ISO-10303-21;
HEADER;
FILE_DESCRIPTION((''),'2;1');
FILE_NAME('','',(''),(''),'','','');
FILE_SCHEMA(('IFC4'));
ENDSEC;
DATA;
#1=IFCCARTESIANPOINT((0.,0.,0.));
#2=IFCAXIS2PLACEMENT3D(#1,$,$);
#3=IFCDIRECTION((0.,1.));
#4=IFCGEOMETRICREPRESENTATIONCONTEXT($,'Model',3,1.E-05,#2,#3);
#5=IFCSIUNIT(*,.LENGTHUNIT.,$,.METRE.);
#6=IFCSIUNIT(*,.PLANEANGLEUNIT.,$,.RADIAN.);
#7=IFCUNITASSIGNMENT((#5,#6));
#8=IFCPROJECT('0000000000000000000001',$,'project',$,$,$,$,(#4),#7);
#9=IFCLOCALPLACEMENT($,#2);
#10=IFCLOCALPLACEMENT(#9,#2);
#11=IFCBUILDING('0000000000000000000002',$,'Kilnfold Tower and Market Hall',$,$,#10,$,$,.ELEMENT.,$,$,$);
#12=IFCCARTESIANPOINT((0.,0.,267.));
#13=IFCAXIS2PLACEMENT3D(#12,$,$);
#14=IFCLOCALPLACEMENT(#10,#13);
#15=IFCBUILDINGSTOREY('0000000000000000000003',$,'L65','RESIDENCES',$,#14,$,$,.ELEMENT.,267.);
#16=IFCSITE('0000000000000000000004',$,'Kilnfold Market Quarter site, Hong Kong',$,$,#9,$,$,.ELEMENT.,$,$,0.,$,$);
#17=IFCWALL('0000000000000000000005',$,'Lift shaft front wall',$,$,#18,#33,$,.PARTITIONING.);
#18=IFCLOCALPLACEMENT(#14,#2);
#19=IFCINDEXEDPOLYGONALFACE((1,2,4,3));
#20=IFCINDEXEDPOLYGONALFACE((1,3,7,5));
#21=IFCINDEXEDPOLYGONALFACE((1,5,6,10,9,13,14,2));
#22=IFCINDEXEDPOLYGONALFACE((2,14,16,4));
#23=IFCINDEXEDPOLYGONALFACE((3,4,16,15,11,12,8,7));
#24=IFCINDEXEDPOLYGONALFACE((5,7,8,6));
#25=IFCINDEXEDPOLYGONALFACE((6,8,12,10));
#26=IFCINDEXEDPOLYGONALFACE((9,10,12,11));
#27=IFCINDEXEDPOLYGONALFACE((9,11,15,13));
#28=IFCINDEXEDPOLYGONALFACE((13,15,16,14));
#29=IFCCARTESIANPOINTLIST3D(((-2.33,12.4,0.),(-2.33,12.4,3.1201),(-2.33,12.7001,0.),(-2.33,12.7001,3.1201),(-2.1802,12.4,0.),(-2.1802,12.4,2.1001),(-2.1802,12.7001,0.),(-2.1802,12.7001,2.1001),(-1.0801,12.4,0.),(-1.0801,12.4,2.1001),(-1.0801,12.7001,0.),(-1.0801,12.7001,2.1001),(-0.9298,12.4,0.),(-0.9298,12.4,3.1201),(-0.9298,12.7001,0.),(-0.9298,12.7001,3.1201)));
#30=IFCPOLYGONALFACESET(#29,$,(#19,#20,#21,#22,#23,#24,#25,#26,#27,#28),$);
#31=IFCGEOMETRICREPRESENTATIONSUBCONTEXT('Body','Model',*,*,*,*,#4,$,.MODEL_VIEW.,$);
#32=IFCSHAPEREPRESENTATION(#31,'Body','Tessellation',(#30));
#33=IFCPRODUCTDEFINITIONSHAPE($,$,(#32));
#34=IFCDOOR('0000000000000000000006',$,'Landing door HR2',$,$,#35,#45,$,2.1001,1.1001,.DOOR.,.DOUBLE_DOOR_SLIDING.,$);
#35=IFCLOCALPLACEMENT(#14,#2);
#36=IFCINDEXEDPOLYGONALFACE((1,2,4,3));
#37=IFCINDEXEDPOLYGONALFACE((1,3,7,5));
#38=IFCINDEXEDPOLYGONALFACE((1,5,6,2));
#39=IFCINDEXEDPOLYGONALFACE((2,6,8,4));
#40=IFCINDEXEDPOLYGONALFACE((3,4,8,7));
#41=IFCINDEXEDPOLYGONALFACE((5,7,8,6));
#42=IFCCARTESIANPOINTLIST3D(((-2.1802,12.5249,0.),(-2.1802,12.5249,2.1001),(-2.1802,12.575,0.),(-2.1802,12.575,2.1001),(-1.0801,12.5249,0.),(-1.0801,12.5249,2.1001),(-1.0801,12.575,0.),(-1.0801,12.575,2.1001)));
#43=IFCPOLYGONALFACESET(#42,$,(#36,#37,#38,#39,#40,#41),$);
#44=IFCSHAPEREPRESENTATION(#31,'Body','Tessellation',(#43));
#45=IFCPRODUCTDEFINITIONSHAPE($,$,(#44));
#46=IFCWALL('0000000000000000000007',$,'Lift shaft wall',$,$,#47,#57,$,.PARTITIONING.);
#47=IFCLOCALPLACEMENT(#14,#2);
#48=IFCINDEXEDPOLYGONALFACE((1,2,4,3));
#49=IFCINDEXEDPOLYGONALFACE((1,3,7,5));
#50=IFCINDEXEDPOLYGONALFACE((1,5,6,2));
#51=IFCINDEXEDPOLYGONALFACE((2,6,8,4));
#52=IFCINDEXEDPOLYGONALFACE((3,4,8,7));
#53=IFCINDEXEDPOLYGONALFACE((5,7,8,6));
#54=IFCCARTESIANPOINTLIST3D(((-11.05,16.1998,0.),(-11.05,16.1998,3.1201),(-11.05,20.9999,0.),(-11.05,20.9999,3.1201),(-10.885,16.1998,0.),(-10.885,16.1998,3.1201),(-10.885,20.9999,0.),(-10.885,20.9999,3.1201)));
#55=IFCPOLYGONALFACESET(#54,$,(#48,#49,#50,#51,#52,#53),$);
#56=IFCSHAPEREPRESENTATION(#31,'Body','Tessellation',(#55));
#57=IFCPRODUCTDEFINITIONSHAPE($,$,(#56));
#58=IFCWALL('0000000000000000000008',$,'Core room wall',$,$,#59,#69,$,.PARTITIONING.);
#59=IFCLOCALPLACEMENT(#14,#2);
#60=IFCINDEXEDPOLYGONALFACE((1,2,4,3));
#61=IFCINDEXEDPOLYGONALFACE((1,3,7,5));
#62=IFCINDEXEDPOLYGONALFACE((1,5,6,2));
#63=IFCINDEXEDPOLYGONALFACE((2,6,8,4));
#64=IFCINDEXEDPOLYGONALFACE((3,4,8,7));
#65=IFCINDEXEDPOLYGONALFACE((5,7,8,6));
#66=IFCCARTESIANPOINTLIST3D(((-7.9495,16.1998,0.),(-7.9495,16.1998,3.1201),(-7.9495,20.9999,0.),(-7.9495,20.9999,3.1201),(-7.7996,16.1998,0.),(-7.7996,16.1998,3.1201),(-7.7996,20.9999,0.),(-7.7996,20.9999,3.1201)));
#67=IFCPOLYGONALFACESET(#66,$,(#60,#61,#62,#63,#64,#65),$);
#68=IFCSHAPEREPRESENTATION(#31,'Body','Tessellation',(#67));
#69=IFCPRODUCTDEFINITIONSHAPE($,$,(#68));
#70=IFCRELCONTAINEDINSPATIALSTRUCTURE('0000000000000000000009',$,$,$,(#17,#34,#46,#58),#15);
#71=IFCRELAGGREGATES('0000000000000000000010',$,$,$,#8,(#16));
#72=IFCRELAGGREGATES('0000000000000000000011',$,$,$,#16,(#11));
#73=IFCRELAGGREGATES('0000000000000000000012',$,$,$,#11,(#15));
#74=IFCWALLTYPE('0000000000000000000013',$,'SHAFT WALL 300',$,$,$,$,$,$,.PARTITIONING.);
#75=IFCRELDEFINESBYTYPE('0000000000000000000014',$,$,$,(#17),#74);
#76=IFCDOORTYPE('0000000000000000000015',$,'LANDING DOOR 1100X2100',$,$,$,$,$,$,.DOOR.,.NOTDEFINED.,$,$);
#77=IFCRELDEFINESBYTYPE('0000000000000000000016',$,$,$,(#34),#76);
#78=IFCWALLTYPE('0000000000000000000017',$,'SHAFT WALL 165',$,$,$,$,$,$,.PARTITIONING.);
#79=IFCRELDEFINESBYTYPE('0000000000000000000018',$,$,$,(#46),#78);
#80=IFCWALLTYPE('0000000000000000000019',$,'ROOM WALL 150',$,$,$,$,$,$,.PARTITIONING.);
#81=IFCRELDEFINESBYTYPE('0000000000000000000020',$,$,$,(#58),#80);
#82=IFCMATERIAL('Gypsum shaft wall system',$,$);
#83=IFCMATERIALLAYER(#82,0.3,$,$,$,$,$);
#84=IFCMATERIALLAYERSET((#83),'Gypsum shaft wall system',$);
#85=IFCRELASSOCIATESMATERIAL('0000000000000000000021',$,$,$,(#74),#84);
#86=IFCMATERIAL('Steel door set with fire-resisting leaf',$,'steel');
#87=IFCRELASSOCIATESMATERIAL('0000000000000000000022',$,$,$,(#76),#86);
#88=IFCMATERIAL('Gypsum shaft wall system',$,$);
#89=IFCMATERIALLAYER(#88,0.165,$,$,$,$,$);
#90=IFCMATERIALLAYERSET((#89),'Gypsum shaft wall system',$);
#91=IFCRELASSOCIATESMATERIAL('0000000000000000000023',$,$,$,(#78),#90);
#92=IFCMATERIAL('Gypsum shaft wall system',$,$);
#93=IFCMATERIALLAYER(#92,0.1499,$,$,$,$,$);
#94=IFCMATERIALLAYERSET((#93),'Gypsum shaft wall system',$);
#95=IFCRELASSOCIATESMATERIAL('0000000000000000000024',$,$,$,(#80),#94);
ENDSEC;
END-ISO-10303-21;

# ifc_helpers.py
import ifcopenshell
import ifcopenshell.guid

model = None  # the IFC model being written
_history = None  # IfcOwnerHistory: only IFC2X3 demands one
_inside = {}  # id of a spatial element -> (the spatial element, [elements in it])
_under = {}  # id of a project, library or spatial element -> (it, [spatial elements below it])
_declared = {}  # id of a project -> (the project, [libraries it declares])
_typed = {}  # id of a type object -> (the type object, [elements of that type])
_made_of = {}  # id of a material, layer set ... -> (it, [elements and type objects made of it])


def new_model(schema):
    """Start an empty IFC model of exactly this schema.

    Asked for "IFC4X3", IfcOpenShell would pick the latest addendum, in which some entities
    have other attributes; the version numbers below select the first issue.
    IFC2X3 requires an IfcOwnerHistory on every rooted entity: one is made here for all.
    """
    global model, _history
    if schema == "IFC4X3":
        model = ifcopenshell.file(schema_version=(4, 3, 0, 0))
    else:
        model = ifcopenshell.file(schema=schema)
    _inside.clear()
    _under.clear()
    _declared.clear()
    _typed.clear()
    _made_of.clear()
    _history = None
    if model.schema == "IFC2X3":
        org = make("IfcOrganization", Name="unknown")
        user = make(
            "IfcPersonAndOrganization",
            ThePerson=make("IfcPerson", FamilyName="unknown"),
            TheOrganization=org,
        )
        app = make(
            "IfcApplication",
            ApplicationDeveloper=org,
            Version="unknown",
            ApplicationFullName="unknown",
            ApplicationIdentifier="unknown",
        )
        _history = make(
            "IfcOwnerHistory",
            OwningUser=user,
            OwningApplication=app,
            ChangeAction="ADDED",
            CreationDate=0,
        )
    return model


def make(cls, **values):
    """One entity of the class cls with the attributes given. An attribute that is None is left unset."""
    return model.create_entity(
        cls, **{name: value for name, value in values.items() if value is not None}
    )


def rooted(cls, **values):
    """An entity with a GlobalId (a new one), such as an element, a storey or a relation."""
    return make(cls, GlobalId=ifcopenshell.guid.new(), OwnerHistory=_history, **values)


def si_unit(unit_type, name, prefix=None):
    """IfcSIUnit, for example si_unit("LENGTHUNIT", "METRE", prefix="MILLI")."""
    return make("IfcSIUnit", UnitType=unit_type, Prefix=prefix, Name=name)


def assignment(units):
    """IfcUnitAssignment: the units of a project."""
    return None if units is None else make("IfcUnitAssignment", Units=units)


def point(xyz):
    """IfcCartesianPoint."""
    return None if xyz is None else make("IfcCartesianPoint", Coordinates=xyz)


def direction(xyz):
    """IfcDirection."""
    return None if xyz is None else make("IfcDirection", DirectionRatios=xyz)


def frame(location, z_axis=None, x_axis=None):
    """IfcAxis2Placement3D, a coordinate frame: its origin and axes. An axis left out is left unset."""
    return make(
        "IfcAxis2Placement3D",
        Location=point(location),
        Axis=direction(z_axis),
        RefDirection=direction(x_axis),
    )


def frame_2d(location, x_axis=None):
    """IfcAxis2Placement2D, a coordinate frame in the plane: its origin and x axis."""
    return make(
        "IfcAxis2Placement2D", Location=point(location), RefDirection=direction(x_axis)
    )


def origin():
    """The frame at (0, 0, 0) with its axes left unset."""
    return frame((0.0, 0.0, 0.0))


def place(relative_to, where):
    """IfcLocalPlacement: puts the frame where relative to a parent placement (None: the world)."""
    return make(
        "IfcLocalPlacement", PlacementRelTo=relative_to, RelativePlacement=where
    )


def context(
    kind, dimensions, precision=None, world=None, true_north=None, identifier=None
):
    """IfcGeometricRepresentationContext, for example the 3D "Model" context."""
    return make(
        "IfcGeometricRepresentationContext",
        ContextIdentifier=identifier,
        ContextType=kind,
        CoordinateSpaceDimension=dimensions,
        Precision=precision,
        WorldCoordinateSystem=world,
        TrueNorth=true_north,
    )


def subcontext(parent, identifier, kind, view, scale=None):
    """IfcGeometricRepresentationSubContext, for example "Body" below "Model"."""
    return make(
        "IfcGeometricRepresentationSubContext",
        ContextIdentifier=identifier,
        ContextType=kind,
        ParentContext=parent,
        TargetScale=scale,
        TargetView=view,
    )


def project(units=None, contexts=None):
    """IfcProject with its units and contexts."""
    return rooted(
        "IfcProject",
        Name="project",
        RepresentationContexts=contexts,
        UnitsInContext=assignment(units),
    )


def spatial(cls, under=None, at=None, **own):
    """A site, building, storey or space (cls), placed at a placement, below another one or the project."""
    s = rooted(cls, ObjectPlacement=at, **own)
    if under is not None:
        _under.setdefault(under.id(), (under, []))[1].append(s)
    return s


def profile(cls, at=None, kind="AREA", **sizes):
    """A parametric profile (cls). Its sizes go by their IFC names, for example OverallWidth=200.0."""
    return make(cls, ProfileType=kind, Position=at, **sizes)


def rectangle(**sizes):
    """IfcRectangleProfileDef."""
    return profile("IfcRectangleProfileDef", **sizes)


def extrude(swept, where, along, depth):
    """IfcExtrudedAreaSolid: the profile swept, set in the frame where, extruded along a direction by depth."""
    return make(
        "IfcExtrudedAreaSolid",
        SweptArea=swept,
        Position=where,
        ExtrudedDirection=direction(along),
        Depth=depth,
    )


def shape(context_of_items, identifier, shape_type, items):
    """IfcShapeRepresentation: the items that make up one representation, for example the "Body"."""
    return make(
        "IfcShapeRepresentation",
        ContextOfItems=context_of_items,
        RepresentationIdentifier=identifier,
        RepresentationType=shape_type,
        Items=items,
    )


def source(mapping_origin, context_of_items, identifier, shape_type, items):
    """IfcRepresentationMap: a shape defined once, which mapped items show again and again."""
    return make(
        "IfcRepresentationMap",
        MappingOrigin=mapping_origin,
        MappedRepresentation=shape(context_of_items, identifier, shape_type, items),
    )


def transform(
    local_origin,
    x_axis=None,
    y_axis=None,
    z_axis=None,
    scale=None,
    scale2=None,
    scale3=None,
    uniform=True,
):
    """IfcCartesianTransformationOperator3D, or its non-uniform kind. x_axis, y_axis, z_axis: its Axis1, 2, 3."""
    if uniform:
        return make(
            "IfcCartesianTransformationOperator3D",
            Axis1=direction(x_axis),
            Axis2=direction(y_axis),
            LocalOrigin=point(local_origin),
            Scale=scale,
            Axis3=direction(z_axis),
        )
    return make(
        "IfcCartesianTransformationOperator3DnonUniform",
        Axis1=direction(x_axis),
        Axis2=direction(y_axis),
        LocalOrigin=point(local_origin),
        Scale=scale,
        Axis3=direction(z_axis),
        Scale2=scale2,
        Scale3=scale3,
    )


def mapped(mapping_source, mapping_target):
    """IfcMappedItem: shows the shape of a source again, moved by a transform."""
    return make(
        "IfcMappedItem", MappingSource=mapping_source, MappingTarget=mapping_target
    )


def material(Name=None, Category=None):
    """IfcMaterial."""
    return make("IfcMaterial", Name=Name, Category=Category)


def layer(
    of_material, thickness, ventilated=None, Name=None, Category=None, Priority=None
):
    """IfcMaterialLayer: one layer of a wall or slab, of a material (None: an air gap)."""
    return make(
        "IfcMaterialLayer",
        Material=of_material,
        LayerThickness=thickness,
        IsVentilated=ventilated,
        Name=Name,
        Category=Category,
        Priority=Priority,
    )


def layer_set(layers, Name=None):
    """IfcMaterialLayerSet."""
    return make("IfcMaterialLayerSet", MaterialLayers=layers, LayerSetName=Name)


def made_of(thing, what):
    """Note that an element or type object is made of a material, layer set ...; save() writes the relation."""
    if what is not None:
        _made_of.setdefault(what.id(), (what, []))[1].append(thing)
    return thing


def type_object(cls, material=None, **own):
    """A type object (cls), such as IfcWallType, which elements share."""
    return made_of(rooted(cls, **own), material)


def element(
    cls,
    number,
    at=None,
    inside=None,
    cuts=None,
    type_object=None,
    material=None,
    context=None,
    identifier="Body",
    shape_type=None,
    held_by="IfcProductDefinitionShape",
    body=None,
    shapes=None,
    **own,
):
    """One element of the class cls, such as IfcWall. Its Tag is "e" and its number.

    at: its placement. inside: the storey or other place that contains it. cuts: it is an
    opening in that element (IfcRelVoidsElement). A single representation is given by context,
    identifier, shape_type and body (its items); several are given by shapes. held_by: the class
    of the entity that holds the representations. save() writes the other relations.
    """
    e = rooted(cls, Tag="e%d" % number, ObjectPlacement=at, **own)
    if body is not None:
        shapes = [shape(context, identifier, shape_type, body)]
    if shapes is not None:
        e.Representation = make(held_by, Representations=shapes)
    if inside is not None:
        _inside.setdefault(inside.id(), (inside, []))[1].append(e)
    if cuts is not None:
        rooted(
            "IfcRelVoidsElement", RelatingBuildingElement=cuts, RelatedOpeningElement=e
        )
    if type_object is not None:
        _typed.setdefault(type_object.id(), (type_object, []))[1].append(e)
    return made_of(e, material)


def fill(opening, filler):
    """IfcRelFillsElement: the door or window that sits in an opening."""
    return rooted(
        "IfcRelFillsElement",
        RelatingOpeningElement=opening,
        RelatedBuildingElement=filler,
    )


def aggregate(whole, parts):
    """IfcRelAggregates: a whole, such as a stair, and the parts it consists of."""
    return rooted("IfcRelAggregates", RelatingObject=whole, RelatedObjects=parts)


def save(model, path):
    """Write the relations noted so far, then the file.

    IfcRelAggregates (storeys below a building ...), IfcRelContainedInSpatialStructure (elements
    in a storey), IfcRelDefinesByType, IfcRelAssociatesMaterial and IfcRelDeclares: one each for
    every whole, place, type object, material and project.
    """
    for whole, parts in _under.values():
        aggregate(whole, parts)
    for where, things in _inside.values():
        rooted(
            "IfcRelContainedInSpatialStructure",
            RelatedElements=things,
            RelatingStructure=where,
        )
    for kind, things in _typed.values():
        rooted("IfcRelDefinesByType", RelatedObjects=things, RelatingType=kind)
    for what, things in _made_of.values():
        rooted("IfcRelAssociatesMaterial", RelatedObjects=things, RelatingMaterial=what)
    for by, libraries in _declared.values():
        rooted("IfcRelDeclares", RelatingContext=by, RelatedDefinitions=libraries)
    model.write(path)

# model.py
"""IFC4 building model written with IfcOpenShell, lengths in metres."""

from ifc_helpers import new_model, si_unit, direction, frame, frame_2d, origin, place, context, subcontext, project, spatial, rectangle, extrude, source, transform, mapped, material, layer, layer_set, type_object, element, fill, save


model = new_model("IFC4")

# Units and contexts
model_context = context("Model", 3, precision=1e-05, world=origin(), true_north=direction((0.0, 1.0)))
body_context = subcontext(model_context, "Body", "Model", "MODEL_VIEW")
ifc_project = project(units=[si_unit("LENGTHUNIT", "METRE"), si_unit("PLANEANGLEUNIT", "RADIAN")], contexts=[model_context])

# Site, building, storey
site_placement = place(None, origin())
site = spatial("IfcSite", under=ifc_project, at=site_placement, Name="Kilnfold Market Quarter site, Hong Kong", CompositionType="ELEMENT", RefElevation=0.0)
building_placement = place(site_placement, origin())
building = spatial("IfcBuilding", under=site, at=building_placement, Name="Kilnfold Tower and Market Hall", CompositionType="ELEMENT")
storey_placement = place(building_placement, frame((0.0, 0.0, 267.0)))
storey = spatial("IfcBuildingStorey", under=building, at=storey_placement, Name="L65", Description="RESIDENCES", CompositionType="ELEMENT", Elevation=267.0)

# Wall, opening, door
ifc_material_1 = material(Name="Gypsum shaft wall system")
ifc_layer_1 = layer(ifc_material_1, 0.3)
ifc_layer_set_1 = layer_set([ifc_layer_1], Name="Gypsum shaft wall system")
wall_type_1 = type_object("IfcWallType", Name="SHAFT WALL 300", PredefinedType="PARTITIONING", material=ifc_layer_set_1)
shared_shape_1 = source(origin(), body_context, "Body", "SweptSolid", [
    extrude(rectangle(XDim=1.4001, YDim=0.3, at=frame_2d((0.7002, 0.0))), origin(), (0.0, 0.0, 1.0), 3.1201),
])
wall_1_placement = place(storey_placement, frame((-2.3301, 12.55, 0.0), z_axis=(0.0, 0.0, 1.0), x_axis=(1.0, 0.0, 0.0)))
wall_1 = element("IfcWall", 1, at=wall_1_placement, inside=storey, type_object=wall_type_1, Name="Lift shaft front wall", PredefinedType="PARTITIONING", context=body_context, shape_type="MappedRepresentation", body=[
    mapped(shared_shape_1, transform((0.0, 0.0, 0.0))),
])
opening_1_placement = place(wall_1_placement, frame((0.1499, 0.0, 0.0)))
opening_1 = element("IfcOpeningElement", 2, at=opening_1_placement, cuts=wall_1, PredefinedType="OPENING", context=body_context, shape_type="SweptSolid", body=[
    extrude(rectangle(XDim=1.1001, YDim=2.1001, at=frame_2d((0.55, 1.05))), frame((0.0, 0.1602, 0.0), z_axis=(0.0, -1.0, 0.0), x_axis=(1.0, 0.0, 0.0)), (0.0, 0.0, 1.0), 0.3201),
])
ifc_material_2 = material(Name="Steel door set with fire-resisting leaf", Category="steel")
door_type_1 = type_object("IfcDoorType", Name="LANDING DOOR 1100X2100", OperationType="NOTDEFINED", PredefinedType="DOOR", material=ifc_material_2)
door_1_placement = place(opening_1_placement, origin())
door_1 = element("IfcDoor", 3, at=door_1_placement, inside=storey, type_object=door_type_1, Name="Landing door HR2", OperationType="DOUBLE_DOOR_SLIDING", OverallHeight=2.1001, OverallWidth=1.1001, PredefinedType="DOOR", context=body_context, shape_type="SweptSolid", body=[
    extrude(rectangle(XDim=1.1001, YDim=2.1001, at=frame_2d((0.55, 1.05))), frame((0.0, 0.0249, 0.0), z_axis=(0.0, -1.0, 0.0), x_axis=(1.0, 0.0, 0.0)), (0.0, 0.0, 1.0), 0.05),
])
fill(opening_1, door_1)

# Walls
ifc_material_3 = material(Name="Gypsum shaft wall system")
ifc_layer_2 = layer(ifc_material_3, 0.165)
ifc_layer_set_2 = layer_set([ifc_layer_2], Name="Gypsum shaft wall system")
wall_type_2 = type_object("IfcWallType", Name="SHAFT WALL 165", PredefinedType="PARTITIONING", material=ifc_layer_set_2)
shared_shape_2 = source(origin(), body_context, "Body", "SweptSolid", [
    extrude(rectangle(XDim=4.8, YDim=0.165, at=frame_2d((2.3999, 0.0))), origin(), (0.0, 0.0, 1.0), 3.1201),
])
wall_2_placement = place(storey_placement, frame((-10.9675, 16.2, 0.0), z_axis=(0.0, 0.0, 1.0), x_axis=(0.0, 1.0, 0.0)))
element("IfcWall", 4, at=wall_2_placement, inside=storey, type_object=wall_type_2, Name="Lift shaft wall", PredefinedType="PARTITIONING", context=body_context, shape_type="MappedRepresentation", body=[
    mapped(shared_shape_2, transform((0.0, 0.0, 0.0))),
])
ifc_material_4 = material(Name="Gypsum shaft wall system")
ifc_layer_3 = layer(ifc_material_4, 0.1499)
ifc_layer_set_3 = layer_set([ifc_layer_3], Name="Gypsum shaft wall system")
wall_type_3 = type_object("IfcWallType", Name="ROOM WALL 150", PredefinedType="PARTITIONING", material=ifc_layer_set_3)
shared_shape_3 = source(origin(), body_context, "Body", "SweptSolid", [
    extrude(rectangle(XDim=4.8, YDim=0.1499, at=frame_2d((2.3999, 0.0))), origin(), (0.0, 0.0, 1.0), 3.1201),
])
wall_3_placement = place(storey_placement, frame((-7.8745, 16.2, 0.0), z_axis=(0.0, 0.0, 1.0), x_axis=(0.0, 1.0, 0.0)))
element("IfcWall", 5, at=wall_3_placement, inside=storey, type_object=wall_type_3, Name="Core room wall", PredefinedType="PARTITIONING", context=body_context, shape_type="MappedRepresentation", body=[
    mapped(shared_shape_3, transform((0.0, 0.0, 0.0))),
])

save(model, "model.ifc")
